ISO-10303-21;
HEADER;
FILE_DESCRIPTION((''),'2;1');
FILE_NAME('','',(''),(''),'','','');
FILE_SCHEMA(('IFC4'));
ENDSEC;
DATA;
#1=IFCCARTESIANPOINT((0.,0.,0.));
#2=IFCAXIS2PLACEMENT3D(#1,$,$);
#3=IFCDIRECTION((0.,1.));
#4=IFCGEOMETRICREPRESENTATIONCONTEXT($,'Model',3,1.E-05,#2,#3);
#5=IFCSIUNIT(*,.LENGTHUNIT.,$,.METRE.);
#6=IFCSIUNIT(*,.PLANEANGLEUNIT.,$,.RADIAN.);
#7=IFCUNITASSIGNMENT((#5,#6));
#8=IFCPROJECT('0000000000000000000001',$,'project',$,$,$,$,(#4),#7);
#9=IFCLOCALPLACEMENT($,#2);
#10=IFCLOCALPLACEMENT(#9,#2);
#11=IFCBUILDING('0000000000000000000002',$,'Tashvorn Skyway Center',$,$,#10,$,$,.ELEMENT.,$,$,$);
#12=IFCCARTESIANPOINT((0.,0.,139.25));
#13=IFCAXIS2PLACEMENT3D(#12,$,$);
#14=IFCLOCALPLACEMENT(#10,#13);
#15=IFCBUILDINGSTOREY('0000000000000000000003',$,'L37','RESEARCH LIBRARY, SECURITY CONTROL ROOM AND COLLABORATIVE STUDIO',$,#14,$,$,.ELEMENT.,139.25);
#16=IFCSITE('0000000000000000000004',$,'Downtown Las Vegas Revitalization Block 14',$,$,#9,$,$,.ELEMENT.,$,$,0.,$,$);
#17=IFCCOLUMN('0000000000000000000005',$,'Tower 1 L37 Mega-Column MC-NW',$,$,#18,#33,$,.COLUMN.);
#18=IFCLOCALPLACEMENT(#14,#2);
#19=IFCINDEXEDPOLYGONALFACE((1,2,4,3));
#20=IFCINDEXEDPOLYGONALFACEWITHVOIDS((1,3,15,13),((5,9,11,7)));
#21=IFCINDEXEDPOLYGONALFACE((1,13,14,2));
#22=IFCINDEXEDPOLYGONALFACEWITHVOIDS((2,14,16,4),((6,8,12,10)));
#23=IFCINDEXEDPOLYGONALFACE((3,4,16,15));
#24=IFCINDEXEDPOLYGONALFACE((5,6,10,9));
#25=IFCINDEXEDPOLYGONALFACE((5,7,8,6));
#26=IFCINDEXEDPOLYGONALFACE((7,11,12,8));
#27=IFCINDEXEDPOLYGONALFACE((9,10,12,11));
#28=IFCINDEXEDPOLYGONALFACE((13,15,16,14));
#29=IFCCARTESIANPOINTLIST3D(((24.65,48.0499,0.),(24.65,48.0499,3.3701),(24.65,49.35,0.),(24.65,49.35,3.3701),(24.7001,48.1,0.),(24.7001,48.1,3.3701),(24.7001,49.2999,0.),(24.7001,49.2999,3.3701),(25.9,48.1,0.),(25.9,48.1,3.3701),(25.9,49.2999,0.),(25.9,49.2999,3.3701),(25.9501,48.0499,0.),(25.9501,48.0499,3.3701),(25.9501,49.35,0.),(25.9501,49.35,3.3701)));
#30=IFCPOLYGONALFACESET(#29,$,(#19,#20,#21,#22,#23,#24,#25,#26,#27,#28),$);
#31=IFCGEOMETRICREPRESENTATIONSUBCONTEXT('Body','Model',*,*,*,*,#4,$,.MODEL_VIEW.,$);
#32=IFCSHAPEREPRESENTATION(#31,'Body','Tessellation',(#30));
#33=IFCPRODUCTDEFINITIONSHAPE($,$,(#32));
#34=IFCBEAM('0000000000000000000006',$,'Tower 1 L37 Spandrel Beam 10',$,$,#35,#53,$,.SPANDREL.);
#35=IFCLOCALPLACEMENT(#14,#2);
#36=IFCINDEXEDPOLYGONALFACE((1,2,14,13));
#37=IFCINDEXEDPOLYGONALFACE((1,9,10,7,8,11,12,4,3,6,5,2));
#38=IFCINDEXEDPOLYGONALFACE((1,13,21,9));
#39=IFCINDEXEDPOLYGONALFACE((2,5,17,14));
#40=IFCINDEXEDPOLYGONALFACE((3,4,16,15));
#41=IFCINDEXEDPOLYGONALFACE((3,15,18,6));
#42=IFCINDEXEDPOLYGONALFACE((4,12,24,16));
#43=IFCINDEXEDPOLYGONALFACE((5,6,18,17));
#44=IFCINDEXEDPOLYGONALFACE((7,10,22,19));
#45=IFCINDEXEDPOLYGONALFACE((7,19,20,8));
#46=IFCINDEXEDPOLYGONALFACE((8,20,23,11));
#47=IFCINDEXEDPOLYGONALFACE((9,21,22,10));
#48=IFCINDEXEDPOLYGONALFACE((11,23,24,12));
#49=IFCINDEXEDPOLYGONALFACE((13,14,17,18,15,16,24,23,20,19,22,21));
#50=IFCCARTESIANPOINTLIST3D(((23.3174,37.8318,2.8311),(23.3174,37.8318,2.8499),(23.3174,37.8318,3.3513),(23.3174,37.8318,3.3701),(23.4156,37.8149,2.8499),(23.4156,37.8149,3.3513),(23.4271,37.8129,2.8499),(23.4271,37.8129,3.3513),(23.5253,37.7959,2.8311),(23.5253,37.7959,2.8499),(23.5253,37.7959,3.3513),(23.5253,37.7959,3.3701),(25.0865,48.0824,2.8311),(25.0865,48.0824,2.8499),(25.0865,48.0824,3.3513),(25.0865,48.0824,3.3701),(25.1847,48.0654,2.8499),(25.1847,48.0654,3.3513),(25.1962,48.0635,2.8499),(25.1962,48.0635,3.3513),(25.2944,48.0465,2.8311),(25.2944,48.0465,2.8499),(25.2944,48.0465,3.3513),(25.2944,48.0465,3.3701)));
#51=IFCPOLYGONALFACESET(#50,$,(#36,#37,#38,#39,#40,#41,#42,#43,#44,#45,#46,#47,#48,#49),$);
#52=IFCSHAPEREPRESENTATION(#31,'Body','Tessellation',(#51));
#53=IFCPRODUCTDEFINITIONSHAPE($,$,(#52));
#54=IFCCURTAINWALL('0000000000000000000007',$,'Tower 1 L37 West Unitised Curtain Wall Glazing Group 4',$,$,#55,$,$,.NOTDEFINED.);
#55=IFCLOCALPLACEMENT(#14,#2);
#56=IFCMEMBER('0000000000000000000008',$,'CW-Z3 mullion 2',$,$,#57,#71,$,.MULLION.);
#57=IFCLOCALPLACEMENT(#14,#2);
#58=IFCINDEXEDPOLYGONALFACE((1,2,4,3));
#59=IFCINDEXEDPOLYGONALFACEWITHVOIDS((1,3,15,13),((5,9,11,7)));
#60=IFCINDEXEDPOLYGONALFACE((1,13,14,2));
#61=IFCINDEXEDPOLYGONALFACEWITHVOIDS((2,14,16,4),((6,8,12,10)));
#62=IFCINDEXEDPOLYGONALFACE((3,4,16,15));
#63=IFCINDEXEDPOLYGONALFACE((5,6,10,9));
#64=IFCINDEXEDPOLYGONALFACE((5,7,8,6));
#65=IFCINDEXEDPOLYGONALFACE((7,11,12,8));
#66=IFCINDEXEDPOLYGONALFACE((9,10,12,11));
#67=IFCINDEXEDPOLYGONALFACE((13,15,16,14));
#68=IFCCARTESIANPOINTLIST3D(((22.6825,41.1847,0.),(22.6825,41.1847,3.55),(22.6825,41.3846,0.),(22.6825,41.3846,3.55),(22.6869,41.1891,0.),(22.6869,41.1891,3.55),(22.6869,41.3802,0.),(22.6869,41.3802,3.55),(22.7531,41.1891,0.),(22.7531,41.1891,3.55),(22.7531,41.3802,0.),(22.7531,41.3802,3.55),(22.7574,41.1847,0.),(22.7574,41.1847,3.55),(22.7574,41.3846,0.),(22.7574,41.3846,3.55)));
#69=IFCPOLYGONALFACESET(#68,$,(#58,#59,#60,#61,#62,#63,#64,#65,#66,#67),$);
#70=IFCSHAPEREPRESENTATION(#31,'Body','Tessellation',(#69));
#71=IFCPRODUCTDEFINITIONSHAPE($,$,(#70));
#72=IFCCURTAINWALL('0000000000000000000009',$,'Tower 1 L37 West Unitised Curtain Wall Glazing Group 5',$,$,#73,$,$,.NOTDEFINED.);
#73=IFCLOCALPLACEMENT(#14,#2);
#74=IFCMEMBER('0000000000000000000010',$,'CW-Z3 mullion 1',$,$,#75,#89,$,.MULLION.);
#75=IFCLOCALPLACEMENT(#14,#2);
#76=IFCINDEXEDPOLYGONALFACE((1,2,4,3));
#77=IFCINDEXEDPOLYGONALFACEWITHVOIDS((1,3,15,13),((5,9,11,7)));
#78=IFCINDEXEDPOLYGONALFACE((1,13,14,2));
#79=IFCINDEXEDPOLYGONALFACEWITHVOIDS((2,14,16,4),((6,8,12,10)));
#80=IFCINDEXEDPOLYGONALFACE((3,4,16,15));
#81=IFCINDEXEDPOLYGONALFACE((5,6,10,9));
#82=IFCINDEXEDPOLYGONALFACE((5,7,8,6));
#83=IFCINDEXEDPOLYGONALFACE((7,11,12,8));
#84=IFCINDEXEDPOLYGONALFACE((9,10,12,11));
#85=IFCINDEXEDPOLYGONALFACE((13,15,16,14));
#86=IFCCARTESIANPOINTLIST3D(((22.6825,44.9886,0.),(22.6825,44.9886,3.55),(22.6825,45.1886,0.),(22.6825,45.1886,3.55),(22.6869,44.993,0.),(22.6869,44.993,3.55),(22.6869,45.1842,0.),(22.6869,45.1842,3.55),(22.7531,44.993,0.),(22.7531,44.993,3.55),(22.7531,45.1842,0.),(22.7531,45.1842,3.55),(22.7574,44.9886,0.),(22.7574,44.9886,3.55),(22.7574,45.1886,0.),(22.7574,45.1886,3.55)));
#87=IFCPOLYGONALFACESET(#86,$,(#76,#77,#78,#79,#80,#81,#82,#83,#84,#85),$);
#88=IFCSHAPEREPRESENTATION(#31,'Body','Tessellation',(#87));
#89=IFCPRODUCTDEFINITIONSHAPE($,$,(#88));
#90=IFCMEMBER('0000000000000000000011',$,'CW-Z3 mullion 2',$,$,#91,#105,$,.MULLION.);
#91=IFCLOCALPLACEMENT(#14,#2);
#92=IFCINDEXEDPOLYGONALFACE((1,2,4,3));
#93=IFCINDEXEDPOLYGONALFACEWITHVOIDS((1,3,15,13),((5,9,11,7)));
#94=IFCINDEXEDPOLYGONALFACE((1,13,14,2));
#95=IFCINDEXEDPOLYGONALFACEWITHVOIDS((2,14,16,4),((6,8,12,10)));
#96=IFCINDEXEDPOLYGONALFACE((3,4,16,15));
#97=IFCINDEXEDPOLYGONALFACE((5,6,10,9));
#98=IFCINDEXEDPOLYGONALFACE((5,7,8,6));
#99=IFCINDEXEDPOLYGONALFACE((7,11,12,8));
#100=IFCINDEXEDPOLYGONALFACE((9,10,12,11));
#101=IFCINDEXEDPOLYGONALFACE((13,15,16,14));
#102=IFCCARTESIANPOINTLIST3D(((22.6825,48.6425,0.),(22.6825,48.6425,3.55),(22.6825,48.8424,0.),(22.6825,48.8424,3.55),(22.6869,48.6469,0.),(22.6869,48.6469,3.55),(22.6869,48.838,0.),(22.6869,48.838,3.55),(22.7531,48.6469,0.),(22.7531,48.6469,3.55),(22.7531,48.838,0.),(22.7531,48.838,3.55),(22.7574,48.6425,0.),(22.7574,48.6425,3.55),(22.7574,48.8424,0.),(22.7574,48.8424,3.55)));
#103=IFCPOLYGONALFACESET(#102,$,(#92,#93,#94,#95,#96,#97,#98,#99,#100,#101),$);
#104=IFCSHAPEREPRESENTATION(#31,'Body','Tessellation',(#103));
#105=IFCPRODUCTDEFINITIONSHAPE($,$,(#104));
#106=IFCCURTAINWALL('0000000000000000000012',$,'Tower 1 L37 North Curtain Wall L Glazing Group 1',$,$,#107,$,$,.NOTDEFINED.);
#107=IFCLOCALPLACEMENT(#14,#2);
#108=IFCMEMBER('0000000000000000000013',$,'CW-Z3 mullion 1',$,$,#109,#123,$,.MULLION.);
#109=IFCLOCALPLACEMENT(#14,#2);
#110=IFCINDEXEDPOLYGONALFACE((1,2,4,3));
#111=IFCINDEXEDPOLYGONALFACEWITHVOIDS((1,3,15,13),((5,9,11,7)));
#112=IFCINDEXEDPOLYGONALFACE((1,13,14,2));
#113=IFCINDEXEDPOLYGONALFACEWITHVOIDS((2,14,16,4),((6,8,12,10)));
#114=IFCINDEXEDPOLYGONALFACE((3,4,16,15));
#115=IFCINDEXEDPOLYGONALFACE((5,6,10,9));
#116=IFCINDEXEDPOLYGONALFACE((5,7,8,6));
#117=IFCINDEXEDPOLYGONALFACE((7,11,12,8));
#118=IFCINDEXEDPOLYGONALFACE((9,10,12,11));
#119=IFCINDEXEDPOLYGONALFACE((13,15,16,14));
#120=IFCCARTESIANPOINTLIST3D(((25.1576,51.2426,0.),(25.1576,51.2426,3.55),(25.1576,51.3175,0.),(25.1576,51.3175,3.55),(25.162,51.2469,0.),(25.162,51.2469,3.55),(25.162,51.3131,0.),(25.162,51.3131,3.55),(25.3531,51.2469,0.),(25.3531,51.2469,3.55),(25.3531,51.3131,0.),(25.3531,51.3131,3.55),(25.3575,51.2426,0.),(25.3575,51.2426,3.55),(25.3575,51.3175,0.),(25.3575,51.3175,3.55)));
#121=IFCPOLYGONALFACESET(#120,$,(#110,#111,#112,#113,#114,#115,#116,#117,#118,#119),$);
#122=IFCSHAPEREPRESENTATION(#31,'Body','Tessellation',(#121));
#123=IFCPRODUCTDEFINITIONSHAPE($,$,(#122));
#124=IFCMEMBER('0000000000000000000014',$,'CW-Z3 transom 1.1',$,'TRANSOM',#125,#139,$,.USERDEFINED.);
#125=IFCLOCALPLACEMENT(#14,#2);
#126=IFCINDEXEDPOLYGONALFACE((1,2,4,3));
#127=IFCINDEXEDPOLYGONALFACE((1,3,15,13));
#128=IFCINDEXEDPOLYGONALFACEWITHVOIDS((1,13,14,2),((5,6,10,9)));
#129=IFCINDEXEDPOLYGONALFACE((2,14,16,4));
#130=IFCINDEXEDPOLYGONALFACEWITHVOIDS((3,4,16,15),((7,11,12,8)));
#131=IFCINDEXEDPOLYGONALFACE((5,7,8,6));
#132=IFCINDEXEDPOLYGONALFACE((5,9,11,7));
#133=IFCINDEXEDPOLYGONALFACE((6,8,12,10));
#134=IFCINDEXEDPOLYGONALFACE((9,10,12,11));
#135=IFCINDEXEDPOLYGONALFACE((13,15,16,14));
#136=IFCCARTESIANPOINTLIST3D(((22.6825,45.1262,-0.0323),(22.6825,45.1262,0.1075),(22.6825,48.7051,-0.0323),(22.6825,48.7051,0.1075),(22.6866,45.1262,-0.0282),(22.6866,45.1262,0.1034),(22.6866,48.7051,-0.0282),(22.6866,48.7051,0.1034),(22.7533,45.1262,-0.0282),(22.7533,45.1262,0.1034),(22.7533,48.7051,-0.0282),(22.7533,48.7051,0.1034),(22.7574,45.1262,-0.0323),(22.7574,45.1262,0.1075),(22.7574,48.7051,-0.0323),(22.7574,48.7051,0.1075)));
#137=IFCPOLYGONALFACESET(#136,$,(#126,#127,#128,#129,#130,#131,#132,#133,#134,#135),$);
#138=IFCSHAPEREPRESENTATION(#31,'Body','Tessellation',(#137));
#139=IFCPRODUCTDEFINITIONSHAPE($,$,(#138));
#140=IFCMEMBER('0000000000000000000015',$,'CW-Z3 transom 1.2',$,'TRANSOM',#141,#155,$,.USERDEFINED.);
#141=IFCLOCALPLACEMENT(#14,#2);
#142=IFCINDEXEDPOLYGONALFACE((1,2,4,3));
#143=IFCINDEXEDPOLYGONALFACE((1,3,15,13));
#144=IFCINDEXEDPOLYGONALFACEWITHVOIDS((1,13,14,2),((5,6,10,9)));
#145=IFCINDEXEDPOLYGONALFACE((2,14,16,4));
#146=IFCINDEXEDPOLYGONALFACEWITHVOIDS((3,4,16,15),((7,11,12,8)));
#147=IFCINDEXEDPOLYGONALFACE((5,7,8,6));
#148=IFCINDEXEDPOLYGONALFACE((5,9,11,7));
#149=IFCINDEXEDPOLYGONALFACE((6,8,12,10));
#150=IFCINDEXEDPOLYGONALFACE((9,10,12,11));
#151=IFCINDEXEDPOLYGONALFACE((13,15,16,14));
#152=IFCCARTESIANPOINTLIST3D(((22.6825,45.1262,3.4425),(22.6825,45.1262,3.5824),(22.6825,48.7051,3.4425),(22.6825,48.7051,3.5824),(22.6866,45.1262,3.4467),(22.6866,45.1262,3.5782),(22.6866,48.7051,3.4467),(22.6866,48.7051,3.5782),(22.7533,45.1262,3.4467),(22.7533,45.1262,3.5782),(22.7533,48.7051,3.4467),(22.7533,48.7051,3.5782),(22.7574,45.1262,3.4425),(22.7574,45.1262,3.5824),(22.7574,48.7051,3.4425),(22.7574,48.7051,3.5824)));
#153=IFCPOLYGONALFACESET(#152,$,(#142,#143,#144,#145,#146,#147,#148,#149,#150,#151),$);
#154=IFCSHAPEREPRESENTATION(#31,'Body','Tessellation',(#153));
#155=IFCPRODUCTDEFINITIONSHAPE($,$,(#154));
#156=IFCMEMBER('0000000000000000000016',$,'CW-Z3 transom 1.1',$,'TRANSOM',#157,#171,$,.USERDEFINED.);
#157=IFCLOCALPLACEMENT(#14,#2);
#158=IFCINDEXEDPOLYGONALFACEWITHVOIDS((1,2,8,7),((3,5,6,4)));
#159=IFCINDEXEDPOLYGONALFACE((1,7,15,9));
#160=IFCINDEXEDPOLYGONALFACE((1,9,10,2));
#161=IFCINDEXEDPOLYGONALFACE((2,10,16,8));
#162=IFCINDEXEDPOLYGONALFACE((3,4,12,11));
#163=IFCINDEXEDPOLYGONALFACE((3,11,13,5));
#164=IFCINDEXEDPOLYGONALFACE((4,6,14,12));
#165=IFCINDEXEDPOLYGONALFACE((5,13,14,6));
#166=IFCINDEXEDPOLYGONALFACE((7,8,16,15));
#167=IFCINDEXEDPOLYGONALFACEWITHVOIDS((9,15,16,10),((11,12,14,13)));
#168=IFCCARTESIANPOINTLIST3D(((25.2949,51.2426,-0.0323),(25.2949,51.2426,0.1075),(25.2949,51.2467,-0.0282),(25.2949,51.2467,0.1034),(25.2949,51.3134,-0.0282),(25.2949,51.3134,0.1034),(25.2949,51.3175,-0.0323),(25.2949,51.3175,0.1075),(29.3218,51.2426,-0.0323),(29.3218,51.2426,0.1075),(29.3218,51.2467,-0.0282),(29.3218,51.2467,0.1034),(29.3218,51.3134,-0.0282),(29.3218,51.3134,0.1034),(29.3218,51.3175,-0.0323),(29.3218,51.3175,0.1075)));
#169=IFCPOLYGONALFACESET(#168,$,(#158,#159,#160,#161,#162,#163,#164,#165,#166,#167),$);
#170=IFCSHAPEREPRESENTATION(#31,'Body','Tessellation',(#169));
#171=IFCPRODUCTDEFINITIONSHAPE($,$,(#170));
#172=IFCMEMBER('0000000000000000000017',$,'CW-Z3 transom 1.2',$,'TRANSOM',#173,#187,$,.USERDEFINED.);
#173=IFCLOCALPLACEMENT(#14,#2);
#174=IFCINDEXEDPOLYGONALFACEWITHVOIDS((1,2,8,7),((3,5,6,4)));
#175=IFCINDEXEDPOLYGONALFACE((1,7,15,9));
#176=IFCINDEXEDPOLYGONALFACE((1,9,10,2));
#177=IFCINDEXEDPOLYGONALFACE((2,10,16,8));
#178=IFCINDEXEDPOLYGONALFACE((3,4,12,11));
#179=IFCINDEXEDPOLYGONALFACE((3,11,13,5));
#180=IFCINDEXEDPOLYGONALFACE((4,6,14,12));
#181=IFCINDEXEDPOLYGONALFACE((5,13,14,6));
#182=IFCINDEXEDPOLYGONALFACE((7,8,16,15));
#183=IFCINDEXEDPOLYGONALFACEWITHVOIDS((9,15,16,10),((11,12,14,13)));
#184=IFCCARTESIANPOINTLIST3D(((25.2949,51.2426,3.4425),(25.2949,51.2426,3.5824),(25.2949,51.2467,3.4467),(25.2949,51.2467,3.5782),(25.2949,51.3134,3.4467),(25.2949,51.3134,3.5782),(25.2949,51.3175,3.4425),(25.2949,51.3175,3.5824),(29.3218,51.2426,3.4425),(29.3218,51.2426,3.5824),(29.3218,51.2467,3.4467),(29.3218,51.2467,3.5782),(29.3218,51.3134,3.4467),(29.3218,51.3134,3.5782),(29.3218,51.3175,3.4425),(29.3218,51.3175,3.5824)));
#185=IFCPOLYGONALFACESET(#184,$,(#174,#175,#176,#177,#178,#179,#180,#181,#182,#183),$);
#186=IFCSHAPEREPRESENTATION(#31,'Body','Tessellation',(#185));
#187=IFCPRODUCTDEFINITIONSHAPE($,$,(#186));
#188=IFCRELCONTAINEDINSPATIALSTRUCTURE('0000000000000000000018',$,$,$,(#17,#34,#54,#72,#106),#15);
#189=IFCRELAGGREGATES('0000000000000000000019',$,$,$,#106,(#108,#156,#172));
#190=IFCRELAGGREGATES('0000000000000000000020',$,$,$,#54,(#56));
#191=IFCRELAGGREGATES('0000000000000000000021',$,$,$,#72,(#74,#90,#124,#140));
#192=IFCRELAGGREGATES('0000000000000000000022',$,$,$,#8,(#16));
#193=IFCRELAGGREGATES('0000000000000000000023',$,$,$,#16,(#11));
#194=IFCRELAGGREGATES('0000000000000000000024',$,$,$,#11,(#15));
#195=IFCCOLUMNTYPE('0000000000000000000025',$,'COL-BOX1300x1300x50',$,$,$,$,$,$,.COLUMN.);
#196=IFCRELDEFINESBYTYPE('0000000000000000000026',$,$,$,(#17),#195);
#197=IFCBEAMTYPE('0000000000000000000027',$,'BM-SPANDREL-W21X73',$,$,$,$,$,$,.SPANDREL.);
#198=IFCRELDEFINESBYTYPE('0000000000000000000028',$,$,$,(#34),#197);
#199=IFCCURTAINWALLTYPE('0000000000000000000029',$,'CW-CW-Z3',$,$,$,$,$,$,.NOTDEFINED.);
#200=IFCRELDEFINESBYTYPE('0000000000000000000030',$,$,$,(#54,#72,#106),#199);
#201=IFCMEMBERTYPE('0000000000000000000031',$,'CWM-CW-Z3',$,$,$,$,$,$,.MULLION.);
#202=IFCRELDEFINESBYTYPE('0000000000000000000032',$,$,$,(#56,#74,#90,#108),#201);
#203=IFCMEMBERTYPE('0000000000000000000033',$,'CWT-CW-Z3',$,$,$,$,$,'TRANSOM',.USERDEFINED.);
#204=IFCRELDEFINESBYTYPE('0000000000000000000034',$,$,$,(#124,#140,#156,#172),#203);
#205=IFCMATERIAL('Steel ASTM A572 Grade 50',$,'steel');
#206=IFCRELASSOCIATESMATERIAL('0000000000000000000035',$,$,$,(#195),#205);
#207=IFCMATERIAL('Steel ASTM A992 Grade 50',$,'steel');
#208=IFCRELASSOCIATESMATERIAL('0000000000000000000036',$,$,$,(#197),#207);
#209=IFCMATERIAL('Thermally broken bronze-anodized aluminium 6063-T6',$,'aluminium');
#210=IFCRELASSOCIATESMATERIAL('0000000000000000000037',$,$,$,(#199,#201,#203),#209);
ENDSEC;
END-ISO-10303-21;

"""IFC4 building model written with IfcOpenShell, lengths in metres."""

from ifc_helpers import new_model, si_unit, direction, frame, origin, origin_2d, place, context, subcontext, project, spatial, hollow_rectangle, i_section, extrude, material, material_profile, profile_set, type_object, element, aggregate, save


model = new_model("IFC4")

# Units and contexts
model_context = context("Model", 3, precision=1e-05, world=origin(), true_north=direction((0.0, 1.0)))
body_context = subcontext(model_context, "Body", "Model", "MODEL_VIEW")
ifc_project = project(units=[si_unit("LENGTHUNIT", "METRE"), si_unit("PLANEANGLEUNIT", "RADIAN")], contexts=[model_context])

# Site, building, storey
site_placement = place(None, origin())
site = spatial("IfcSite", under=ifc_project, at=site_placement, Name="Downtown Las Vegas Revitalization Block 14", CompositionType="ELEMENT", RefElevation=0.0)
building_placement = place(site_placement, origin())
building = spatial("IfcBuilding", under=site, at=building_placement, Name="Tashvorn Skyway Center", CompositionType="ELEMENT")
storey_placement = place(building_placement, frame((0.0, 0.0, 139.25)))
storey = spatial("IfcBuildingStorey", under=building, at=storey_placement, Name="L37", Description="RESEARCH LIBRARY, SECURITY CONTROL ROOM AND COLLABORATIVE STUDIO", CompositionType="ELEMENT", Elevation=139.25)

# Column
ifc_material_1 = material(Name="Steel ASTM A572 Grade 50", Category="steel")
ifc_material_profile_1 = material_profile(ifc_material_1, hollow_rectangle(XDim=1.3, YDim=1.3, WallThickness=0.05, at=origin_2d()), Name="BOX1300x1300x50")
ifc_profile_set_1 = profile_set([ifc_material_profile_1], Name="Steel ASTM A572 Grade 50")
column_type = type_object("IfcColumnType", Name="COL-BOX1300x1300x50", PredefinedType="COLUMN", material=ifc_profile_set_1)
column_placement = place(storey_placement, frame((25.3, 48.7, 0.0), z_axis=(0.0, 0.0, 1.0), x_axis=(1.0, 0.0, 0.0)))
element("IfcColumn", 1, at=column_placement, inside=storey, type_object=column_type, Name="Tower 1 L37 Mega-Column MC-NW", PredefinedType="COLUMN", context=body_context, shape_type="SweptSolid", body=[
    extrude(hollow_rectangle(XDim=1.3, YDim=1.3, WallThickness=0.05, at=origin_2d()), origin(), (0.0, 0.0, 1.0), 3.3701),
])

# Beam
ifc_material_2 = material(Name="Steel ASTM A992 Grade 50", Category="steel")
ifc_material_profile_2 = material_profile(ifc_material_2, i_section(OverallWidth=0.2109, OverallDepth=0.5391, WebThickness=0.0117, FlangeThickness=0.0188, at=origin_2d()), Name="W21X73")
ifc_profile_set_2 = profile_set([ifc_material_profile_2], Name="Steel ASTM A992 Grade 50")
beam_type = type_object("IfcBeamType", Name="BM-SPANDREL-W21X73", PredefinedType="SPANDREL", material=ifc_profile_set_2)
beam_placement = place(storey_placement, frame((25.1904, 48.0645, 3.1006), z_axis=(-0.170067, -0.985432, 0.0), x_axis=(0.985432, -0.170067, 0.0)))
element("IfcBeam", 2, at=beam_placement, inside=storey, type_object=beam_type, Name="Tower 1 L37 Spandrel Beam 10", PredefinedType="SPANDREL", context=body_context, shape_type="SweptSolid", body=[
    extrude(i_section(OverallWidth=0.2109, OverallDepth=0.5391, WebThickness=0.0117, FlangeThickness=0.0188, at=origin_2d()), origin(), (0.0, 0.0, 1.0), 10.4021),
])

# Curtain wall, member
ifc_material_3 = material(Name="Thermally broken bronze-anodized aluminium 6063-T6", Category="aluminium")
curtain_wall_type = type_object("IfcCurtainWallType", Name="CW-CW-Z3", PredefinedType="NOTDEFINED", material=ifc_material_3)
curtain_wall_1_placement = place(storey_placement, origin())
curtain_wall_1 = element("IfcCurtainWall", 3, at=curtain_wall_1_placement, inside=storey, type_object=curtain_wall_type, Name="Tower 1 L37 West Unitised Curtain Wall Glazing Group 4", PredefinedType="NOTDEFINED")
ifc_material_profile_3 = material_profile(ifc_material_3, hollow_rectangle(XDim=0.075, YDim=0.2, WallThickness=0.0044, at=origin_2d()), Name="ALU-MULL-75x200")
ifc_profile_set_3 = profile_set([ifc_material_profile_3], Name="Thermally broken bronze-anodized aluminium 6063-T6")
member_type_1 = type_object("IfcMemberType", Name="CWM-CW-Z3", PredefinedType="MULLION", material=ifc_profile_set_3)
member_1_placement = place(storey_placement, frame((22.72, 41.2847, 0.0), z_axis=(0.0, 0.0, 1.0), x_axis=(-1.0, 0.0, 0.0)))
member_1 = element("IfcMember", 4, at=member_1_placement, type_object=member_type_1, Name="CW-Z3 mullion 2", PredefinedType="MULLION", context=body_context, shape_type="SweptSolid", body=[
    extrude(hollow_rectangle(XDim=0.075, YDim=0.2, WallThickness=0.0044, at=origin_2d()), origin(), (0.0, 0.0, 1.0), 3.55),
])

# Curtain wall, members
curtain_wall_2_placement = place(storey_placement, origin())
curtain_wall_2 = element("IfcCurtainWall", 5, at=curtain_wall_2_placement, inside=storey, type_object=curtain_wall_type, Name="Tower 1 L37 West Unitised Curtain Wall Glazing Group 5", PredefinedType="NOTDEFINED")
member_2_placement = place(storey_placement, frame((22.72, 45.0886, 0.0), z_axis=(0.0, 0.0, 1.0), x_axis=(-1.0, 0.0, 0.0)))
member_2 = element("IfcMember", 6, at=member_2_placement, type_object=member_type_1, Name="CW-Z3 mullion 1", PredefinedType="MULLION", context=body_context, shape_type="SweptSolid", body=[
    extrude(hollow_rectangle(XDim=0.075, YDim=0.2, WallThickness=0.0044, at=origin_2d()), origin(), (0.0, 0.0, 1.0), 3.55),
])
member_3_placement = place(storey_placement, frame((22.72, 48.7424, 0.0), z_axis=(0.0, 0.0, 1.0), x_axis=(-1.0, 0.0, 0.0)))
member_3 = element("IfcMember", 7, at=member_3_placement, type_object=member_type_1, Name="CW-Z3 mullion 2", PredefinedType="MULLION", context=body_context, shape_type="SweptSolid", body=[
    extrude(hollow_rectangle(XDim=0.075, YDim=0.2, WallThickness=0.0044, at=origin_2d()), origin(), (0.0, 0.0, 1.0), 3.55),
])

# Curtain wall, member
curtain_wall_3_placement = place(storey_placement, origin())
curtain_wall_3 = element("IfcCurtainWall", 8, at=curtain_wall_3_placement, inside=storey, type_object=curtain_wall_type, Name="Tower 1 L37 North Curtain Wall L Glazing Group 1", PredefinedType="NOTDEFINED")
member_4_placement = place(storey_placement, frame((25.2576, 51.28, 0.0), z_axis=(0.0, 0.0, 1.0), x_axis=(0.0, 1.0, 0.0)))
member_4 = element("IfcMember", 9, at=member_4_placement, type_object=member_type_1, Name="CW-Z3 mullion 1", PredefinedType="MULLION", context=body_context, shape_type="SweptSolid", body=[
    extrude(hollow_rectangle(XDim=0.075, YDim=0.2, WallThickness=0.0044, at=origin_2d()), origin(), (0.0, 0.0, 1.0), 3.55),
])

# Members
ifc_material_profile_4 = material_profile(ifc_material_3, hollow_rectangle(XDim=0.075, YDim=0.1399, WallThickness=0.0042, at=origin_2d()), Name="ALU-TRAN-75x140")
ifc_profile_set_4 = profile_set([ifc_material_profile_4], Name="Thermally broken bronze-anodized aluminium 6063-T6")
member_type_2 = type_object("IfcMemberType", Name="CWT-CW-Z3", ElementType="TRANSOM", PredefinedType="USERDEFINED", material=ifc_profile_set_4)
member_5_placement = place(storey_placement, frame((22.72, 45.1262, 0.0376), z_axis=(0.0, 1.0, 0.0), x_axis=(-1.0, 0.0, 0.0)))
member_5 = element("IfcMember", 10, at=member_5_placement, type_object=member_type_2, Name="CW-Z3 transom 1.1", ObjectType="TRANSOM", PredefinedType="USERDEFINED", context=body_context, shape_type="SweptSolid", body=[
    extrude(hollow_rectangle(XDim=0.075, YDim=0.1399, WallThickness=0.0042, at=origin_2d()), origin(), (0.0, 0.0, 1.0), 3.5789),
])
member_6_placement = place(storey_placement, frame((22.72, 45.1262, 3.5125), z_axis=(0.0, 1.0, 0.0), x_axis=(-1.0, 0.0, 0.0)))
member_6 = element("IfcMember", 11, at=member_6_placement, type_object=member_type_2, Name="CW-Z3 transom 1.2", ObjectType="TRANSOM", PredefinedType="USERDEFINED", context=body_context, shape_type="SweptSolid", body=[
    extrude(hollow_rectangle(XDim=0.075, YDim=0.1399, WallThickness=0.0042, at=origin_2d()), origin(), (0.0, 0.0, 1.0), 3.5789),
])
member_7_placement = place(storey_placement, frame((25.2949, 51.28, 0.0376), z_axis=(1.0, 0.0, 0.0), x_axis=(0.0, 1.0, 0.0)))
member_7 = element("IfcMember", 12, at=member_7_placement, type_object=member_type_2, Name="CW-Z3 transom 1.1", ObjectType="TRANSOM", PredefinedType="USERDEFINED", context=body_context, shape_type="SweptSolid", body=[
    extrude(hollow_rectangle(XDim=0.075, YDim=0.1399, WallThickness=0.0042, at=origin_2d()), origin(), (0.0, 0.0, 1.0), 4.0269),
])
member_8_placement = place(storey_placement, frame((25.2949, 51.28, 3.5125), z_axis=(1.0, 0.0, 0.0), x_axis=(0.0, 1.0, 0.0)))
member_8 = element("IfcMember", 13, at=member_8_placement, type_object=member_type_2, Name="CW-Z3 transom 1.2", ObjectType="TRANSOM", PredefinedType="USERDEFINED", context=body_context, shape_type="SweptSolid", body=[
    extrude(hollow_rectangle(XDim=0.075, YDim=0.1399, WallThickness=0.0042, at=origin_2d()), origin(), (0.0, 0.0, 1.0), 4.0269),
])
aggregate(curtain_wall_3, [member_4, member_7, member_8])

aggregate(curtain_wall_1, [member_1])
aggregate(curtain_wall_2, [member_2, member_3, member_5, member_6])

save(model, "model.ifc")
